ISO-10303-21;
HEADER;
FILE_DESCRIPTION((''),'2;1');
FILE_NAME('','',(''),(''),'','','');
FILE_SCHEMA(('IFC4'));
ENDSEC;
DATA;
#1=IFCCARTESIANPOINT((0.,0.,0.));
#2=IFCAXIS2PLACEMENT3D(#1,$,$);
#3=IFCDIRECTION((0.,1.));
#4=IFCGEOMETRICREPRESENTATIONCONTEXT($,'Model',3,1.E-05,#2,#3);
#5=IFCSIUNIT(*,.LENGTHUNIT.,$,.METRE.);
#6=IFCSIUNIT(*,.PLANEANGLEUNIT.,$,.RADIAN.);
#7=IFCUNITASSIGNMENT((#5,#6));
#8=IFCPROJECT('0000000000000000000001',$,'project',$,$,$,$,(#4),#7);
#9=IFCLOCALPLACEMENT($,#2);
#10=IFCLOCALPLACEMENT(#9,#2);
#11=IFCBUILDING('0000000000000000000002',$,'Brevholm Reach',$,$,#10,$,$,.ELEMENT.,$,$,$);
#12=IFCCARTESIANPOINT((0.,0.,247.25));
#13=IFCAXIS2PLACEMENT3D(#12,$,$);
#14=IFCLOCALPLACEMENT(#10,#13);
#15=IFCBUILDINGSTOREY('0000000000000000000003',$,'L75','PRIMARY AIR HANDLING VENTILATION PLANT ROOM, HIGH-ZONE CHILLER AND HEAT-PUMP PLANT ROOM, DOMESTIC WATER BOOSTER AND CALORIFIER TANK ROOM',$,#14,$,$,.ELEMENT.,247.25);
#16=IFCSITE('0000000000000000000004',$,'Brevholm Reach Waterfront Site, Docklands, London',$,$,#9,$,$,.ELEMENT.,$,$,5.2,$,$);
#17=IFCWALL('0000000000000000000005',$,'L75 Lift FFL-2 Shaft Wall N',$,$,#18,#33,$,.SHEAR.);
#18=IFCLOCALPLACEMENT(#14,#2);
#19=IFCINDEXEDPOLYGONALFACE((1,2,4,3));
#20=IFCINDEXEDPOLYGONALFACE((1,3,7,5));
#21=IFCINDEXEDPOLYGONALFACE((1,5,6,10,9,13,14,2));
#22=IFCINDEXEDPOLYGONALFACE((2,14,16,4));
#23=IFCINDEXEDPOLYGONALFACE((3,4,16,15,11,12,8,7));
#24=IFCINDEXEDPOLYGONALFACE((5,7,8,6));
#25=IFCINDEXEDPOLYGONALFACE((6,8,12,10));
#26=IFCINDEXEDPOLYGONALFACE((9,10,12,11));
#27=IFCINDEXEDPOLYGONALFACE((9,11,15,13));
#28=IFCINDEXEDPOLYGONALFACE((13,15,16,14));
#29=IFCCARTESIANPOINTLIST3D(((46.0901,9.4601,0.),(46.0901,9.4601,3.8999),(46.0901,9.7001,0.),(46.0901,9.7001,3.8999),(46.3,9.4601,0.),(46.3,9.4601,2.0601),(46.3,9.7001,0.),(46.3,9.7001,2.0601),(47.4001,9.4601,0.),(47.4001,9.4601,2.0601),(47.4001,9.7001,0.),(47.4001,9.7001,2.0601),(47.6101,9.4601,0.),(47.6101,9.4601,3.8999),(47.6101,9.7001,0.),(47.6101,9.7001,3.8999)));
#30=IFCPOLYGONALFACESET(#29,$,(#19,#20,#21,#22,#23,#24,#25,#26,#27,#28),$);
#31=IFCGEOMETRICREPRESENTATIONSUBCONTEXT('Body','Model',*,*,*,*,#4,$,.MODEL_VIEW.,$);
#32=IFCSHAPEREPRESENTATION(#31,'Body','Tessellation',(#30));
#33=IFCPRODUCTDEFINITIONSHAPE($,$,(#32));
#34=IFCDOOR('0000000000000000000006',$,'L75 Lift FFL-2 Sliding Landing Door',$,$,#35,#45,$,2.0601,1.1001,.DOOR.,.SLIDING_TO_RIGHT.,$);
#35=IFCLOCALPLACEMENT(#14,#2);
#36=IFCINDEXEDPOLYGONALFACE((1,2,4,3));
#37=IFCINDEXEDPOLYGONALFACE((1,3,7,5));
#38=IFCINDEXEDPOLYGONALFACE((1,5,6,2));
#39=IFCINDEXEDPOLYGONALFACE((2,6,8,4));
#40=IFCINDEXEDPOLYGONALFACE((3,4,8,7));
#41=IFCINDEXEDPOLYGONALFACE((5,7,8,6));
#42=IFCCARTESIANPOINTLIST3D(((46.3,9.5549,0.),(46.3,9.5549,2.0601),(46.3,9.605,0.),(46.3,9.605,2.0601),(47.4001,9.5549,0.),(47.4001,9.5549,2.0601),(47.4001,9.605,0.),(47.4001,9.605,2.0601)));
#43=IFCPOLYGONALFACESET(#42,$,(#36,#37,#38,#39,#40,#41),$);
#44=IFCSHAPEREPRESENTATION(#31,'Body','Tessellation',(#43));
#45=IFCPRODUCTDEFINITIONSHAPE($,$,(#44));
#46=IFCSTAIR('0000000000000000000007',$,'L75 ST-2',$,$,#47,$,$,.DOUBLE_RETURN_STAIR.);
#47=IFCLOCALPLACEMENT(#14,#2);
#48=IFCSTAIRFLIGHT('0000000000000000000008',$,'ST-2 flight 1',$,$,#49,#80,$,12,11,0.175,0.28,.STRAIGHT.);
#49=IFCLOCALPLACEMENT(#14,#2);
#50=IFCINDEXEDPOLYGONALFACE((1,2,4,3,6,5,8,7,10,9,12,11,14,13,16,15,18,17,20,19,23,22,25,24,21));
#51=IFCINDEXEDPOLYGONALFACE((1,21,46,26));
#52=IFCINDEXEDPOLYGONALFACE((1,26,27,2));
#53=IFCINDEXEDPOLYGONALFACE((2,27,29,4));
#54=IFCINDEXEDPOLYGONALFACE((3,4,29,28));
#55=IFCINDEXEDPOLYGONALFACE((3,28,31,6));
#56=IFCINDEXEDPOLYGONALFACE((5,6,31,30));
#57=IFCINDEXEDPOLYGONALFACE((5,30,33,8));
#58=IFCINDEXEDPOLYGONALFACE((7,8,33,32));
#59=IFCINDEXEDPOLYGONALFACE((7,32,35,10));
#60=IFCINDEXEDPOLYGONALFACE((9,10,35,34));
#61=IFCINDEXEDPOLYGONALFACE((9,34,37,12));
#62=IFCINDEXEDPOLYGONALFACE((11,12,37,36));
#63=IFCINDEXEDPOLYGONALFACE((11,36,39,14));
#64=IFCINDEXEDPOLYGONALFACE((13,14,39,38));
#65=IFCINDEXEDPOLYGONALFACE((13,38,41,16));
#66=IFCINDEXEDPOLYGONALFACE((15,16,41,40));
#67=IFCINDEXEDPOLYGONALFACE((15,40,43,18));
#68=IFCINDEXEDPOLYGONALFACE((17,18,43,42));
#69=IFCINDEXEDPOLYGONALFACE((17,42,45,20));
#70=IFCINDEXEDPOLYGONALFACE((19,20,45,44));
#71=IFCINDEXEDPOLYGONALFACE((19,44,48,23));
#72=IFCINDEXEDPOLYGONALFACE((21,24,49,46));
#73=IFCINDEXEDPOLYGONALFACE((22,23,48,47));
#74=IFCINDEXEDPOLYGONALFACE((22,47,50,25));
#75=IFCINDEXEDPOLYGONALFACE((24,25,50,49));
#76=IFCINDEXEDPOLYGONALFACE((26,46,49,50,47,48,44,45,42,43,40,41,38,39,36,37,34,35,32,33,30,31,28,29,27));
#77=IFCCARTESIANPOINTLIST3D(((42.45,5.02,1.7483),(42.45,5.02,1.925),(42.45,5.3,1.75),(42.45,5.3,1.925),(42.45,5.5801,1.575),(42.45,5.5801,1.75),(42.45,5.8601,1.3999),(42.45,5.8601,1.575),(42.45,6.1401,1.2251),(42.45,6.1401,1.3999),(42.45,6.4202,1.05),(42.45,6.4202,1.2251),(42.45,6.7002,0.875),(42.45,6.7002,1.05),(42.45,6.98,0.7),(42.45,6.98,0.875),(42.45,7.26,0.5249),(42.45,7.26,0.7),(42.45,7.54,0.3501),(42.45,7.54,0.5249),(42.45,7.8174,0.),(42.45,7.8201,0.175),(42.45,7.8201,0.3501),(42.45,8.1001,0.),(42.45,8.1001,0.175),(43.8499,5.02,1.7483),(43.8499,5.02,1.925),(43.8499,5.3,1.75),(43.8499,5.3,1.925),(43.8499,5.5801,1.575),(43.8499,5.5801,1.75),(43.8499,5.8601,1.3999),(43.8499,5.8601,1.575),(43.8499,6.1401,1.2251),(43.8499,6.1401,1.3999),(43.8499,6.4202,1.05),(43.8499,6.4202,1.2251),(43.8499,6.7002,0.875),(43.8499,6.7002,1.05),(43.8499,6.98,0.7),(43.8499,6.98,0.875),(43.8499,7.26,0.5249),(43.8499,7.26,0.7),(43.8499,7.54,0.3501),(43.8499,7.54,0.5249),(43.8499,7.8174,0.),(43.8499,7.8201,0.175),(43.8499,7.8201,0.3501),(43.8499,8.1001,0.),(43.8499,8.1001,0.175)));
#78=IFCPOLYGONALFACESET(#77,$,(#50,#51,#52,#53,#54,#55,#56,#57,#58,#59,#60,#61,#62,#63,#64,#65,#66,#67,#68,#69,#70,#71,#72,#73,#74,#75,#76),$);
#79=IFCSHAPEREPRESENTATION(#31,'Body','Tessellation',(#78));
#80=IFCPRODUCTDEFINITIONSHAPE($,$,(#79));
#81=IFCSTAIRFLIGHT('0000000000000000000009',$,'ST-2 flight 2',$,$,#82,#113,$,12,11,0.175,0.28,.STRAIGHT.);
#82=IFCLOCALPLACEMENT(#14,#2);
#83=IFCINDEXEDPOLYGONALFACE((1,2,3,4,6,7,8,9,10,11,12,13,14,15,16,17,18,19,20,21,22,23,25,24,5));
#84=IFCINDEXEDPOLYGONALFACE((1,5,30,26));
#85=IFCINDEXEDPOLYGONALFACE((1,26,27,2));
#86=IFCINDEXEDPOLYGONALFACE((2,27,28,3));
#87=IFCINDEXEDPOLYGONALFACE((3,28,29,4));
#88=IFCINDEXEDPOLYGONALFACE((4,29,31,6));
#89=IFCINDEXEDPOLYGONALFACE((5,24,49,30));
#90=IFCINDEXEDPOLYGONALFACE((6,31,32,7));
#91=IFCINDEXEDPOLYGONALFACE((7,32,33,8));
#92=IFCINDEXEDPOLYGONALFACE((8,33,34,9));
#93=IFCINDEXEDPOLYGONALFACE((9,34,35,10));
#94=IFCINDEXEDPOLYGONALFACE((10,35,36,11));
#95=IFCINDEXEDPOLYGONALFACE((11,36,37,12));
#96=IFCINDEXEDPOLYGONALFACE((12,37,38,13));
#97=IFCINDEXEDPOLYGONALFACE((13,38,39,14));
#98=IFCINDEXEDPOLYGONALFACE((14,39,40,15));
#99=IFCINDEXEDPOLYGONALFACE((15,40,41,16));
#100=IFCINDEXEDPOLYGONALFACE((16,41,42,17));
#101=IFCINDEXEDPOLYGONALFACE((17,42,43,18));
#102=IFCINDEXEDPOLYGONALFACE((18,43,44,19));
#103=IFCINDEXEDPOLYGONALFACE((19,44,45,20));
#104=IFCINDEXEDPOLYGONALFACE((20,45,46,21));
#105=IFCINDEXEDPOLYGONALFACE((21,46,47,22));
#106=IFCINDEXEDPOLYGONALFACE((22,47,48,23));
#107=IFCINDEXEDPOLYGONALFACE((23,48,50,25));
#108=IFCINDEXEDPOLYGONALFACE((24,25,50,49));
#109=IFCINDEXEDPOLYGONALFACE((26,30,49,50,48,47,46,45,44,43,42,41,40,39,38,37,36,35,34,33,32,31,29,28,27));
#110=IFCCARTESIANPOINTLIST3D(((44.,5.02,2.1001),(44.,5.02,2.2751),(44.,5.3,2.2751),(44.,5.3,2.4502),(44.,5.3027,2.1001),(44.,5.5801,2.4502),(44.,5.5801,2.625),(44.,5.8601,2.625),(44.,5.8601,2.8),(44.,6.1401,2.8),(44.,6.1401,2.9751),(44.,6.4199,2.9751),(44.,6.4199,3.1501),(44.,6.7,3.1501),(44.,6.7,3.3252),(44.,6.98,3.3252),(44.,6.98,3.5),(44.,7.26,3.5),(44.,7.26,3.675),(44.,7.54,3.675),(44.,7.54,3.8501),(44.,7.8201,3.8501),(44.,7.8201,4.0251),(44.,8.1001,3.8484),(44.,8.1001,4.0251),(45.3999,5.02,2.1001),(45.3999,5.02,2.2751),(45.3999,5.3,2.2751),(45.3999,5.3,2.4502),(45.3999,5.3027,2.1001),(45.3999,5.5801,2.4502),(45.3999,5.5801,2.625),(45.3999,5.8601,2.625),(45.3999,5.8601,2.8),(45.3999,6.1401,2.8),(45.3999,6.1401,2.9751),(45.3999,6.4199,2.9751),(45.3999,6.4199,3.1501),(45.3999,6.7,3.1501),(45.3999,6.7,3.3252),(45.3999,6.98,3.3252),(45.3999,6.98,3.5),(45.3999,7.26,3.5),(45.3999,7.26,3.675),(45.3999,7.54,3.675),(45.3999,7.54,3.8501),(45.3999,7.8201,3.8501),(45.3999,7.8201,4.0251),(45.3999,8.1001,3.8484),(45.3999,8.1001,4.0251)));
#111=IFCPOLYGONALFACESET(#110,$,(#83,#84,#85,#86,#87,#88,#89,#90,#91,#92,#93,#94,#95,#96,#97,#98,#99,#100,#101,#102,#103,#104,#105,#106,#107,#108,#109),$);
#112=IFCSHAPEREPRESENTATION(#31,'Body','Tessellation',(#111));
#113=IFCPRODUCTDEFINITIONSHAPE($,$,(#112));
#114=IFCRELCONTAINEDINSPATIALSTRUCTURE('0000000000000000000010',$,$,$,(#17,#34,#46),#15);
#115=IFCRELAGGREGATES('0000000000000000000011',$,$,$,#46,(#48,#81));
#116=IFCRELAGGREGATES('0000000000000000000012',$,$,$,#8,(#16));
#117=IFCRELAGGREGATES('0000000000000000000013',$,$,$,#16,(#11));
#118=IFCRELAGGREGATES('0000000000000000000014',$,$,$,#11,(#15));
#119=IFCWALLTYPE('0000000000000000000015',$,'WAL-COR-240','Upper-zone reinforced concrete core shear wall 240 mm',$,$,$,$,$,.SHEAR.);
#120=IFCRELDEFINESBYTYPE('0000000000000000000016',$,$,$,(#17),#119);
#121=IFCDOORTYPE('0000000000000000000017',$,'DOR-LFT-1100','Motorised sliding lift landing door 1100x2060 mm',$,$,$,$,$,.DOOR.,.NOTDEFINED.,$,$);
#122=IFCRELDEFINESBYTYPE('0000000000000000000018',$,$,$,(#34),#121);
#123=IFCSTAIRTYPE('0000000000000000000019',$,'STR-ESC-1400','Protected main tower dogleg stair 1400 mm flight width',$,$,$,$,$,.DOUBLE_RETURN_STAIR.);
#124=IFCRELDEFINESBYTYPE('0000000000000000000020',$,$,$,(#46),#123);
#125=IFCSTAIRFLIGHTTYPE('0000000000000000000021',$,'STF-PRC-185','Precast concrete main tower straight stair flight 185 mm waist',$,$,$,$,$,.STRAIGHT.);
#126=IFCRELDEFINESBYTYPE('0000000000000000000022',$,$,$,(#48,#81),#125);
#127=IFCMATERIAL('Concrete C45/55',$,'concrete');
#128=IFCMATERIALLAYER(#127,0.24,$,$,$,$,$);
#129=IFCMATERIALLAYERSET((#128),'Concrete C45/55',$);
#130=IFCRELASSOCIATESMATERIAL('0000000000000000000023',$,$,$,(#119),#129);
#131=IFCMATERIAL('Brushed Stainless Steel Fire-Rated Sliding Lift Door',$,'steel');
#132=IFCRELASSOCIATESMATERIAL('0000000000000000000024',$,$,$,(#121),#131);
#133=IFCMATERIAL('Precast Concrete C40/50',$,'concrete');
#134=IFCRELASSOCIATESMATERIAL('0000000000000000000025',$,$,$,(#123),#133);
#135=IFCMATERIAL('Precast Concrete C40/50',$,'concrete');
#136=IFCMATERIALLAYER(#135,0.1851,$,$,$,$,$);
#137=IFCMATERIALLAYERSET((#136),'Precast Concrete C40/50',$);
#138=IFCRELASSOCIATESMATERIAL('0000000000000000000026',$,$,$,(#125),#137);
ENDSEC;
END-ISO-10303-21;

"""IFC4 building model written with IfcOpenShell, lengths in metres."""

from ifc_helpers import new_model, si_unit, direction, frame, frame_2d, origin, place, context, subcontext, project, spatial, polyline, rectangle, outline, extrude, material, layer, layer_set, type_object, element, fill, aggregate, save


model = new_model("IFC4")

# Units and contexts
model_context = context("Model", 3, precision=1e-05, world=origin(), true_north=direction((0.0, 1.0)))
body_context = subcontext(model_context, "Body", "Model", "MODEL_VIEW")
ifc_project = project(units=[si_unit("LENGTHUNIT", "METRE"), si_unit("PLANEANGLEUNIT", "RADIAN")], contexts=[model_context])

# Site, building, storey
site_placement = place(None, origin())
site = spatial("IfcSite", under=ifc_project, at=site_placement, Name="Brevholm Reach Waterfront Site, Docklands, London", CompositionType="ELEMENT", RefElevation=5.2)
building_placement = place(site_placement, origin())
building = spatial("IfcBuilding", under=site, at=building_placement, Name="Brevholm Reach", CompositionType="ELEMENT")
storey_placement = place(building_placement, frame((0.0, 0.0, 247.25)))
storey = spatial("IfcBuildingStorey", under=building, at=storey_placement, Name="L75", Description="PRIMARY AIR HANDLING VENTILATION PLANT ROOM, HIGH-ZONE CHILLER AND HEAT-PUMP PLANT ROOM, DOMESTIC WATER BOOSTER AND CALORIFIER TANK ROOM", CompositionType="ELEMENT", Elevation=247.25)

# Shared definitions
ifc_material_1 = material(Name="Concrete C45/55", Category="concrete")
ifc_layer_1 = layer(ifc_material_1, 0.24)
ifc_layer_set_1 = layer_set([ifc_layer_1], Name="Concrete C45/55")
wall_type = type_object("IfcWallType", Name="WAL-COR-240", Description="Upper-zone reinforced concrete core shear wall 240 mm", PredefinedType="SHEAR", material=ifc_layer_set_1)

# Wall, opening, door
wall_1_placement = place(storey_placement, frame((46.0901, 9.5801, 0.0), z_axis=(0.0, 0.0, 1.0), x_axis=(1.0, 0.0, 0.0)))
wall_1 = element("IfcWall", 1, at=wall_1_placement, inside=storey, type_object=wall_type, Name="L75 Lift FFL-2 Shaft Wall N", PredefinedType="SHEAR", context=body_context, shape_type="SweptSolid", body=[
    extrude(rectangle(XDim=1.52, YDim=0.24, at=frame_2d((0.76, 0.0))), origin(), (0.0, 0.0, 1.0), 3.8999),
])
opening_1_placement = place(wall_1_placement, frame((0.21, 0.0, 0.0)))
opening_1 = element("IfcOpeningElement", 2, at=opening_1_placement, cuts=wall_1, PredefinedType="OPENING", context=body_context, shape_type="SweptSolid", body=[
    extrude(rectangle(XDim=1.1001, YDim=2.0601, at=frame_2d((0.55, 1.03))), frame((0.0, 0.1299, 0.0), z_axis=(0.0, -1.0, 0.0), x_axis=(1.0, 0.0, 0.0)), (0.0, 0.0, 1.0), 0.26),
])
ifc_material_2 = material(Name="Brushed Stainless Steel Fire-Rated Sliding Lift Door", Category="steel")
door_type_1 = type_object("IfcDoorType", Name="DOR-LFT-1100", Description="Motorised sliding lift landing door 1100x2060 mm", OperationType="NOTDEFINED", PredefinedType="DOOR", material=ifc_material_2)
door_1_placement = place(opening_1_placement, origin())
door_1 = element("IfcDoor", 3, at=door_1_placement, inside=storey, type_object=door_type_1, Name="L75 Lift FFL-2 Sliding Landing Door", OperationType="SLIDING_TO_RIGHT", OverallHeight=2.0601, OverallWidth=1.1001, PredefinedType="DOOR", context=body_context, shape_type="SweptSolid", body=[
    extrude(rectangle(XDim=1.1001, YDim=2.0601, at=frame_2d((0.55, 1.03))), frame((0.0, 0.0249, 0.0), z_axis=(0.0, -1.0, 0.0), x_axis=(1.0, 0.0, 0.0)), (0.0, 0.0, 1.0), 0.05),
])
fill(opening_1, door_1)

# Stair, stair flights
ifc_material_3 = material(Name="Precast Concrete C40/50", Category="concrete")
stair_type = type_object("IfcStairType", Name="STR-ESC-1400", Description="Protected main tower dogleg stair 1400 mm flight width", PredefinedType="DOUBLE_RETURN_STAIR", material=ifc_material_3)
stair_placement = place(storey_placement, origin())
stair = element("IfcStair", 4, at=stair_placement, inside=storey, type_object=stair_type, Name="L75 ST-2", PredefinedType="DOUBLE_RETURN_STAIR")
ifc_material_4 = material(Name="Precast Concrete C40/50", Category="concrete")
ifc_layer_2 = layer(ifc_material_4, 0.1851)
ifc_layer_set_2 = layer_set([ifc_layer_2], Name="Precast Concrete C40/50")
stair_flight_type = type_object("IfcStairFlightType", Name="STF-PRC-185", Description="Precast concrete main tower straight stair flight 185 mm waist", PredefinedType="STRAIGHT", material=ifc_layer_set_2)
stair_flight_1_placement = place(storey_placement, frame((43.1499, 8.1001, 0.0), z_axis=(0.0, 0.0, 1.0), x_axis=(0.0, -1.0, 0.0)))
stair_flight_1 = element("IfcStairFlight", 5, at=stair_flight_1_placement, type_object=stair_flight_type, Name="ST-2 flight 1", NumberOfRisers=12, NumberOfTreads=11, PredefinedType="STRAIGHT", RiserHeight=0.175, TreadLength=0.28, context=body_context, shape_type="SweptSolid", body=[
    extrude(outline(polyline([(0.0, 0.0), (0.0, 0.175), (0.28, 0.175), (0.28, 0.3501), (0.5601, 0.3501), (0.5601, 0.5249), (0.8401, 0.5249), (0.8401, 0.7), (1.1201, 0.7), (1.1201, 0.875), (1.3999, 0.875), (1.3999, 1.05), (1.6799, 1.05), (1.6799, 1.2251), (1.96, 1.2251), (1.96, 1.3999), (2.24, 1.3999), (2.24, 1.575), (2.52, 1.575), (2.52, 1.75), (2.8, 1.75), (2.8, 1.925), (3.0801, 1.925), (3.0801, 2.1001), (3.0801, 1.7483), (0.2827, 0.0), (0.0, 0.0)])), frame((0.0, 0.7, 0.0), z_axis=(0.0, -1.0, 0.0), x_axis=(1.0, 0.0, 0.0)), (0.0, 0.0, 1.0), 1.3999),
])
stair_flight_2_placement = place(storey_placement, frame((44.7, 5.02, 2.1001), z_axis=(0.0, 0.0, 1.0), x_axis=(0.0, 1.0, 0.0)))
stair_flight_2 = element("IfcStairFlight", 6, at=stair_flight_2_placement, type_object=stair_flight_type, Name="ST-2 flight 2", NumberOfRisers=12, NumberOfTreads=11, PredefinedType="STRAIGHT", RiserHeight=0.175, TreadLength=0.28, context=body_context, shape_type="SweptSolid", body=[
    extrude(outline(polyline([(0.0, 0.0), (0.0, 0.175), (0.28, 0.175), (0.28, 0.3501), (0.5601, 0.3501), (0.5601, 0.5249), (0.8401, 0.5249), (0.8401, 0.7), (1.1201, 0.7), (1.1201, 0.875), (1.3999, 0.875), (1.3999, 1.05), (1.6799, 1.05), (1.6799, 1.2251), (1.96, 1.2251), (1.96, 1.3999), (2.24, 1.3999), (2.24, 1.575), (2.52, 1.575), (2.52, 1.75), (2.8, 1.75), (2.8, 1.925), (3.0801, 1.925), (3.0801, 2.1001), (3.0801, 1.7483), (0.2827, 0.0), (0.0, 0.0)])), frame((0.0, 0.7, 0.0), z_axis=(0.0, -1.0, 0.0), x_axis=(1.0, 0.0, 0.0)), (0.0, 0.0, 1.0), 1.3999),
])
aggregate(stair, [stair_flight_1, stair_flight_2])

save(model, "model.ifc")
